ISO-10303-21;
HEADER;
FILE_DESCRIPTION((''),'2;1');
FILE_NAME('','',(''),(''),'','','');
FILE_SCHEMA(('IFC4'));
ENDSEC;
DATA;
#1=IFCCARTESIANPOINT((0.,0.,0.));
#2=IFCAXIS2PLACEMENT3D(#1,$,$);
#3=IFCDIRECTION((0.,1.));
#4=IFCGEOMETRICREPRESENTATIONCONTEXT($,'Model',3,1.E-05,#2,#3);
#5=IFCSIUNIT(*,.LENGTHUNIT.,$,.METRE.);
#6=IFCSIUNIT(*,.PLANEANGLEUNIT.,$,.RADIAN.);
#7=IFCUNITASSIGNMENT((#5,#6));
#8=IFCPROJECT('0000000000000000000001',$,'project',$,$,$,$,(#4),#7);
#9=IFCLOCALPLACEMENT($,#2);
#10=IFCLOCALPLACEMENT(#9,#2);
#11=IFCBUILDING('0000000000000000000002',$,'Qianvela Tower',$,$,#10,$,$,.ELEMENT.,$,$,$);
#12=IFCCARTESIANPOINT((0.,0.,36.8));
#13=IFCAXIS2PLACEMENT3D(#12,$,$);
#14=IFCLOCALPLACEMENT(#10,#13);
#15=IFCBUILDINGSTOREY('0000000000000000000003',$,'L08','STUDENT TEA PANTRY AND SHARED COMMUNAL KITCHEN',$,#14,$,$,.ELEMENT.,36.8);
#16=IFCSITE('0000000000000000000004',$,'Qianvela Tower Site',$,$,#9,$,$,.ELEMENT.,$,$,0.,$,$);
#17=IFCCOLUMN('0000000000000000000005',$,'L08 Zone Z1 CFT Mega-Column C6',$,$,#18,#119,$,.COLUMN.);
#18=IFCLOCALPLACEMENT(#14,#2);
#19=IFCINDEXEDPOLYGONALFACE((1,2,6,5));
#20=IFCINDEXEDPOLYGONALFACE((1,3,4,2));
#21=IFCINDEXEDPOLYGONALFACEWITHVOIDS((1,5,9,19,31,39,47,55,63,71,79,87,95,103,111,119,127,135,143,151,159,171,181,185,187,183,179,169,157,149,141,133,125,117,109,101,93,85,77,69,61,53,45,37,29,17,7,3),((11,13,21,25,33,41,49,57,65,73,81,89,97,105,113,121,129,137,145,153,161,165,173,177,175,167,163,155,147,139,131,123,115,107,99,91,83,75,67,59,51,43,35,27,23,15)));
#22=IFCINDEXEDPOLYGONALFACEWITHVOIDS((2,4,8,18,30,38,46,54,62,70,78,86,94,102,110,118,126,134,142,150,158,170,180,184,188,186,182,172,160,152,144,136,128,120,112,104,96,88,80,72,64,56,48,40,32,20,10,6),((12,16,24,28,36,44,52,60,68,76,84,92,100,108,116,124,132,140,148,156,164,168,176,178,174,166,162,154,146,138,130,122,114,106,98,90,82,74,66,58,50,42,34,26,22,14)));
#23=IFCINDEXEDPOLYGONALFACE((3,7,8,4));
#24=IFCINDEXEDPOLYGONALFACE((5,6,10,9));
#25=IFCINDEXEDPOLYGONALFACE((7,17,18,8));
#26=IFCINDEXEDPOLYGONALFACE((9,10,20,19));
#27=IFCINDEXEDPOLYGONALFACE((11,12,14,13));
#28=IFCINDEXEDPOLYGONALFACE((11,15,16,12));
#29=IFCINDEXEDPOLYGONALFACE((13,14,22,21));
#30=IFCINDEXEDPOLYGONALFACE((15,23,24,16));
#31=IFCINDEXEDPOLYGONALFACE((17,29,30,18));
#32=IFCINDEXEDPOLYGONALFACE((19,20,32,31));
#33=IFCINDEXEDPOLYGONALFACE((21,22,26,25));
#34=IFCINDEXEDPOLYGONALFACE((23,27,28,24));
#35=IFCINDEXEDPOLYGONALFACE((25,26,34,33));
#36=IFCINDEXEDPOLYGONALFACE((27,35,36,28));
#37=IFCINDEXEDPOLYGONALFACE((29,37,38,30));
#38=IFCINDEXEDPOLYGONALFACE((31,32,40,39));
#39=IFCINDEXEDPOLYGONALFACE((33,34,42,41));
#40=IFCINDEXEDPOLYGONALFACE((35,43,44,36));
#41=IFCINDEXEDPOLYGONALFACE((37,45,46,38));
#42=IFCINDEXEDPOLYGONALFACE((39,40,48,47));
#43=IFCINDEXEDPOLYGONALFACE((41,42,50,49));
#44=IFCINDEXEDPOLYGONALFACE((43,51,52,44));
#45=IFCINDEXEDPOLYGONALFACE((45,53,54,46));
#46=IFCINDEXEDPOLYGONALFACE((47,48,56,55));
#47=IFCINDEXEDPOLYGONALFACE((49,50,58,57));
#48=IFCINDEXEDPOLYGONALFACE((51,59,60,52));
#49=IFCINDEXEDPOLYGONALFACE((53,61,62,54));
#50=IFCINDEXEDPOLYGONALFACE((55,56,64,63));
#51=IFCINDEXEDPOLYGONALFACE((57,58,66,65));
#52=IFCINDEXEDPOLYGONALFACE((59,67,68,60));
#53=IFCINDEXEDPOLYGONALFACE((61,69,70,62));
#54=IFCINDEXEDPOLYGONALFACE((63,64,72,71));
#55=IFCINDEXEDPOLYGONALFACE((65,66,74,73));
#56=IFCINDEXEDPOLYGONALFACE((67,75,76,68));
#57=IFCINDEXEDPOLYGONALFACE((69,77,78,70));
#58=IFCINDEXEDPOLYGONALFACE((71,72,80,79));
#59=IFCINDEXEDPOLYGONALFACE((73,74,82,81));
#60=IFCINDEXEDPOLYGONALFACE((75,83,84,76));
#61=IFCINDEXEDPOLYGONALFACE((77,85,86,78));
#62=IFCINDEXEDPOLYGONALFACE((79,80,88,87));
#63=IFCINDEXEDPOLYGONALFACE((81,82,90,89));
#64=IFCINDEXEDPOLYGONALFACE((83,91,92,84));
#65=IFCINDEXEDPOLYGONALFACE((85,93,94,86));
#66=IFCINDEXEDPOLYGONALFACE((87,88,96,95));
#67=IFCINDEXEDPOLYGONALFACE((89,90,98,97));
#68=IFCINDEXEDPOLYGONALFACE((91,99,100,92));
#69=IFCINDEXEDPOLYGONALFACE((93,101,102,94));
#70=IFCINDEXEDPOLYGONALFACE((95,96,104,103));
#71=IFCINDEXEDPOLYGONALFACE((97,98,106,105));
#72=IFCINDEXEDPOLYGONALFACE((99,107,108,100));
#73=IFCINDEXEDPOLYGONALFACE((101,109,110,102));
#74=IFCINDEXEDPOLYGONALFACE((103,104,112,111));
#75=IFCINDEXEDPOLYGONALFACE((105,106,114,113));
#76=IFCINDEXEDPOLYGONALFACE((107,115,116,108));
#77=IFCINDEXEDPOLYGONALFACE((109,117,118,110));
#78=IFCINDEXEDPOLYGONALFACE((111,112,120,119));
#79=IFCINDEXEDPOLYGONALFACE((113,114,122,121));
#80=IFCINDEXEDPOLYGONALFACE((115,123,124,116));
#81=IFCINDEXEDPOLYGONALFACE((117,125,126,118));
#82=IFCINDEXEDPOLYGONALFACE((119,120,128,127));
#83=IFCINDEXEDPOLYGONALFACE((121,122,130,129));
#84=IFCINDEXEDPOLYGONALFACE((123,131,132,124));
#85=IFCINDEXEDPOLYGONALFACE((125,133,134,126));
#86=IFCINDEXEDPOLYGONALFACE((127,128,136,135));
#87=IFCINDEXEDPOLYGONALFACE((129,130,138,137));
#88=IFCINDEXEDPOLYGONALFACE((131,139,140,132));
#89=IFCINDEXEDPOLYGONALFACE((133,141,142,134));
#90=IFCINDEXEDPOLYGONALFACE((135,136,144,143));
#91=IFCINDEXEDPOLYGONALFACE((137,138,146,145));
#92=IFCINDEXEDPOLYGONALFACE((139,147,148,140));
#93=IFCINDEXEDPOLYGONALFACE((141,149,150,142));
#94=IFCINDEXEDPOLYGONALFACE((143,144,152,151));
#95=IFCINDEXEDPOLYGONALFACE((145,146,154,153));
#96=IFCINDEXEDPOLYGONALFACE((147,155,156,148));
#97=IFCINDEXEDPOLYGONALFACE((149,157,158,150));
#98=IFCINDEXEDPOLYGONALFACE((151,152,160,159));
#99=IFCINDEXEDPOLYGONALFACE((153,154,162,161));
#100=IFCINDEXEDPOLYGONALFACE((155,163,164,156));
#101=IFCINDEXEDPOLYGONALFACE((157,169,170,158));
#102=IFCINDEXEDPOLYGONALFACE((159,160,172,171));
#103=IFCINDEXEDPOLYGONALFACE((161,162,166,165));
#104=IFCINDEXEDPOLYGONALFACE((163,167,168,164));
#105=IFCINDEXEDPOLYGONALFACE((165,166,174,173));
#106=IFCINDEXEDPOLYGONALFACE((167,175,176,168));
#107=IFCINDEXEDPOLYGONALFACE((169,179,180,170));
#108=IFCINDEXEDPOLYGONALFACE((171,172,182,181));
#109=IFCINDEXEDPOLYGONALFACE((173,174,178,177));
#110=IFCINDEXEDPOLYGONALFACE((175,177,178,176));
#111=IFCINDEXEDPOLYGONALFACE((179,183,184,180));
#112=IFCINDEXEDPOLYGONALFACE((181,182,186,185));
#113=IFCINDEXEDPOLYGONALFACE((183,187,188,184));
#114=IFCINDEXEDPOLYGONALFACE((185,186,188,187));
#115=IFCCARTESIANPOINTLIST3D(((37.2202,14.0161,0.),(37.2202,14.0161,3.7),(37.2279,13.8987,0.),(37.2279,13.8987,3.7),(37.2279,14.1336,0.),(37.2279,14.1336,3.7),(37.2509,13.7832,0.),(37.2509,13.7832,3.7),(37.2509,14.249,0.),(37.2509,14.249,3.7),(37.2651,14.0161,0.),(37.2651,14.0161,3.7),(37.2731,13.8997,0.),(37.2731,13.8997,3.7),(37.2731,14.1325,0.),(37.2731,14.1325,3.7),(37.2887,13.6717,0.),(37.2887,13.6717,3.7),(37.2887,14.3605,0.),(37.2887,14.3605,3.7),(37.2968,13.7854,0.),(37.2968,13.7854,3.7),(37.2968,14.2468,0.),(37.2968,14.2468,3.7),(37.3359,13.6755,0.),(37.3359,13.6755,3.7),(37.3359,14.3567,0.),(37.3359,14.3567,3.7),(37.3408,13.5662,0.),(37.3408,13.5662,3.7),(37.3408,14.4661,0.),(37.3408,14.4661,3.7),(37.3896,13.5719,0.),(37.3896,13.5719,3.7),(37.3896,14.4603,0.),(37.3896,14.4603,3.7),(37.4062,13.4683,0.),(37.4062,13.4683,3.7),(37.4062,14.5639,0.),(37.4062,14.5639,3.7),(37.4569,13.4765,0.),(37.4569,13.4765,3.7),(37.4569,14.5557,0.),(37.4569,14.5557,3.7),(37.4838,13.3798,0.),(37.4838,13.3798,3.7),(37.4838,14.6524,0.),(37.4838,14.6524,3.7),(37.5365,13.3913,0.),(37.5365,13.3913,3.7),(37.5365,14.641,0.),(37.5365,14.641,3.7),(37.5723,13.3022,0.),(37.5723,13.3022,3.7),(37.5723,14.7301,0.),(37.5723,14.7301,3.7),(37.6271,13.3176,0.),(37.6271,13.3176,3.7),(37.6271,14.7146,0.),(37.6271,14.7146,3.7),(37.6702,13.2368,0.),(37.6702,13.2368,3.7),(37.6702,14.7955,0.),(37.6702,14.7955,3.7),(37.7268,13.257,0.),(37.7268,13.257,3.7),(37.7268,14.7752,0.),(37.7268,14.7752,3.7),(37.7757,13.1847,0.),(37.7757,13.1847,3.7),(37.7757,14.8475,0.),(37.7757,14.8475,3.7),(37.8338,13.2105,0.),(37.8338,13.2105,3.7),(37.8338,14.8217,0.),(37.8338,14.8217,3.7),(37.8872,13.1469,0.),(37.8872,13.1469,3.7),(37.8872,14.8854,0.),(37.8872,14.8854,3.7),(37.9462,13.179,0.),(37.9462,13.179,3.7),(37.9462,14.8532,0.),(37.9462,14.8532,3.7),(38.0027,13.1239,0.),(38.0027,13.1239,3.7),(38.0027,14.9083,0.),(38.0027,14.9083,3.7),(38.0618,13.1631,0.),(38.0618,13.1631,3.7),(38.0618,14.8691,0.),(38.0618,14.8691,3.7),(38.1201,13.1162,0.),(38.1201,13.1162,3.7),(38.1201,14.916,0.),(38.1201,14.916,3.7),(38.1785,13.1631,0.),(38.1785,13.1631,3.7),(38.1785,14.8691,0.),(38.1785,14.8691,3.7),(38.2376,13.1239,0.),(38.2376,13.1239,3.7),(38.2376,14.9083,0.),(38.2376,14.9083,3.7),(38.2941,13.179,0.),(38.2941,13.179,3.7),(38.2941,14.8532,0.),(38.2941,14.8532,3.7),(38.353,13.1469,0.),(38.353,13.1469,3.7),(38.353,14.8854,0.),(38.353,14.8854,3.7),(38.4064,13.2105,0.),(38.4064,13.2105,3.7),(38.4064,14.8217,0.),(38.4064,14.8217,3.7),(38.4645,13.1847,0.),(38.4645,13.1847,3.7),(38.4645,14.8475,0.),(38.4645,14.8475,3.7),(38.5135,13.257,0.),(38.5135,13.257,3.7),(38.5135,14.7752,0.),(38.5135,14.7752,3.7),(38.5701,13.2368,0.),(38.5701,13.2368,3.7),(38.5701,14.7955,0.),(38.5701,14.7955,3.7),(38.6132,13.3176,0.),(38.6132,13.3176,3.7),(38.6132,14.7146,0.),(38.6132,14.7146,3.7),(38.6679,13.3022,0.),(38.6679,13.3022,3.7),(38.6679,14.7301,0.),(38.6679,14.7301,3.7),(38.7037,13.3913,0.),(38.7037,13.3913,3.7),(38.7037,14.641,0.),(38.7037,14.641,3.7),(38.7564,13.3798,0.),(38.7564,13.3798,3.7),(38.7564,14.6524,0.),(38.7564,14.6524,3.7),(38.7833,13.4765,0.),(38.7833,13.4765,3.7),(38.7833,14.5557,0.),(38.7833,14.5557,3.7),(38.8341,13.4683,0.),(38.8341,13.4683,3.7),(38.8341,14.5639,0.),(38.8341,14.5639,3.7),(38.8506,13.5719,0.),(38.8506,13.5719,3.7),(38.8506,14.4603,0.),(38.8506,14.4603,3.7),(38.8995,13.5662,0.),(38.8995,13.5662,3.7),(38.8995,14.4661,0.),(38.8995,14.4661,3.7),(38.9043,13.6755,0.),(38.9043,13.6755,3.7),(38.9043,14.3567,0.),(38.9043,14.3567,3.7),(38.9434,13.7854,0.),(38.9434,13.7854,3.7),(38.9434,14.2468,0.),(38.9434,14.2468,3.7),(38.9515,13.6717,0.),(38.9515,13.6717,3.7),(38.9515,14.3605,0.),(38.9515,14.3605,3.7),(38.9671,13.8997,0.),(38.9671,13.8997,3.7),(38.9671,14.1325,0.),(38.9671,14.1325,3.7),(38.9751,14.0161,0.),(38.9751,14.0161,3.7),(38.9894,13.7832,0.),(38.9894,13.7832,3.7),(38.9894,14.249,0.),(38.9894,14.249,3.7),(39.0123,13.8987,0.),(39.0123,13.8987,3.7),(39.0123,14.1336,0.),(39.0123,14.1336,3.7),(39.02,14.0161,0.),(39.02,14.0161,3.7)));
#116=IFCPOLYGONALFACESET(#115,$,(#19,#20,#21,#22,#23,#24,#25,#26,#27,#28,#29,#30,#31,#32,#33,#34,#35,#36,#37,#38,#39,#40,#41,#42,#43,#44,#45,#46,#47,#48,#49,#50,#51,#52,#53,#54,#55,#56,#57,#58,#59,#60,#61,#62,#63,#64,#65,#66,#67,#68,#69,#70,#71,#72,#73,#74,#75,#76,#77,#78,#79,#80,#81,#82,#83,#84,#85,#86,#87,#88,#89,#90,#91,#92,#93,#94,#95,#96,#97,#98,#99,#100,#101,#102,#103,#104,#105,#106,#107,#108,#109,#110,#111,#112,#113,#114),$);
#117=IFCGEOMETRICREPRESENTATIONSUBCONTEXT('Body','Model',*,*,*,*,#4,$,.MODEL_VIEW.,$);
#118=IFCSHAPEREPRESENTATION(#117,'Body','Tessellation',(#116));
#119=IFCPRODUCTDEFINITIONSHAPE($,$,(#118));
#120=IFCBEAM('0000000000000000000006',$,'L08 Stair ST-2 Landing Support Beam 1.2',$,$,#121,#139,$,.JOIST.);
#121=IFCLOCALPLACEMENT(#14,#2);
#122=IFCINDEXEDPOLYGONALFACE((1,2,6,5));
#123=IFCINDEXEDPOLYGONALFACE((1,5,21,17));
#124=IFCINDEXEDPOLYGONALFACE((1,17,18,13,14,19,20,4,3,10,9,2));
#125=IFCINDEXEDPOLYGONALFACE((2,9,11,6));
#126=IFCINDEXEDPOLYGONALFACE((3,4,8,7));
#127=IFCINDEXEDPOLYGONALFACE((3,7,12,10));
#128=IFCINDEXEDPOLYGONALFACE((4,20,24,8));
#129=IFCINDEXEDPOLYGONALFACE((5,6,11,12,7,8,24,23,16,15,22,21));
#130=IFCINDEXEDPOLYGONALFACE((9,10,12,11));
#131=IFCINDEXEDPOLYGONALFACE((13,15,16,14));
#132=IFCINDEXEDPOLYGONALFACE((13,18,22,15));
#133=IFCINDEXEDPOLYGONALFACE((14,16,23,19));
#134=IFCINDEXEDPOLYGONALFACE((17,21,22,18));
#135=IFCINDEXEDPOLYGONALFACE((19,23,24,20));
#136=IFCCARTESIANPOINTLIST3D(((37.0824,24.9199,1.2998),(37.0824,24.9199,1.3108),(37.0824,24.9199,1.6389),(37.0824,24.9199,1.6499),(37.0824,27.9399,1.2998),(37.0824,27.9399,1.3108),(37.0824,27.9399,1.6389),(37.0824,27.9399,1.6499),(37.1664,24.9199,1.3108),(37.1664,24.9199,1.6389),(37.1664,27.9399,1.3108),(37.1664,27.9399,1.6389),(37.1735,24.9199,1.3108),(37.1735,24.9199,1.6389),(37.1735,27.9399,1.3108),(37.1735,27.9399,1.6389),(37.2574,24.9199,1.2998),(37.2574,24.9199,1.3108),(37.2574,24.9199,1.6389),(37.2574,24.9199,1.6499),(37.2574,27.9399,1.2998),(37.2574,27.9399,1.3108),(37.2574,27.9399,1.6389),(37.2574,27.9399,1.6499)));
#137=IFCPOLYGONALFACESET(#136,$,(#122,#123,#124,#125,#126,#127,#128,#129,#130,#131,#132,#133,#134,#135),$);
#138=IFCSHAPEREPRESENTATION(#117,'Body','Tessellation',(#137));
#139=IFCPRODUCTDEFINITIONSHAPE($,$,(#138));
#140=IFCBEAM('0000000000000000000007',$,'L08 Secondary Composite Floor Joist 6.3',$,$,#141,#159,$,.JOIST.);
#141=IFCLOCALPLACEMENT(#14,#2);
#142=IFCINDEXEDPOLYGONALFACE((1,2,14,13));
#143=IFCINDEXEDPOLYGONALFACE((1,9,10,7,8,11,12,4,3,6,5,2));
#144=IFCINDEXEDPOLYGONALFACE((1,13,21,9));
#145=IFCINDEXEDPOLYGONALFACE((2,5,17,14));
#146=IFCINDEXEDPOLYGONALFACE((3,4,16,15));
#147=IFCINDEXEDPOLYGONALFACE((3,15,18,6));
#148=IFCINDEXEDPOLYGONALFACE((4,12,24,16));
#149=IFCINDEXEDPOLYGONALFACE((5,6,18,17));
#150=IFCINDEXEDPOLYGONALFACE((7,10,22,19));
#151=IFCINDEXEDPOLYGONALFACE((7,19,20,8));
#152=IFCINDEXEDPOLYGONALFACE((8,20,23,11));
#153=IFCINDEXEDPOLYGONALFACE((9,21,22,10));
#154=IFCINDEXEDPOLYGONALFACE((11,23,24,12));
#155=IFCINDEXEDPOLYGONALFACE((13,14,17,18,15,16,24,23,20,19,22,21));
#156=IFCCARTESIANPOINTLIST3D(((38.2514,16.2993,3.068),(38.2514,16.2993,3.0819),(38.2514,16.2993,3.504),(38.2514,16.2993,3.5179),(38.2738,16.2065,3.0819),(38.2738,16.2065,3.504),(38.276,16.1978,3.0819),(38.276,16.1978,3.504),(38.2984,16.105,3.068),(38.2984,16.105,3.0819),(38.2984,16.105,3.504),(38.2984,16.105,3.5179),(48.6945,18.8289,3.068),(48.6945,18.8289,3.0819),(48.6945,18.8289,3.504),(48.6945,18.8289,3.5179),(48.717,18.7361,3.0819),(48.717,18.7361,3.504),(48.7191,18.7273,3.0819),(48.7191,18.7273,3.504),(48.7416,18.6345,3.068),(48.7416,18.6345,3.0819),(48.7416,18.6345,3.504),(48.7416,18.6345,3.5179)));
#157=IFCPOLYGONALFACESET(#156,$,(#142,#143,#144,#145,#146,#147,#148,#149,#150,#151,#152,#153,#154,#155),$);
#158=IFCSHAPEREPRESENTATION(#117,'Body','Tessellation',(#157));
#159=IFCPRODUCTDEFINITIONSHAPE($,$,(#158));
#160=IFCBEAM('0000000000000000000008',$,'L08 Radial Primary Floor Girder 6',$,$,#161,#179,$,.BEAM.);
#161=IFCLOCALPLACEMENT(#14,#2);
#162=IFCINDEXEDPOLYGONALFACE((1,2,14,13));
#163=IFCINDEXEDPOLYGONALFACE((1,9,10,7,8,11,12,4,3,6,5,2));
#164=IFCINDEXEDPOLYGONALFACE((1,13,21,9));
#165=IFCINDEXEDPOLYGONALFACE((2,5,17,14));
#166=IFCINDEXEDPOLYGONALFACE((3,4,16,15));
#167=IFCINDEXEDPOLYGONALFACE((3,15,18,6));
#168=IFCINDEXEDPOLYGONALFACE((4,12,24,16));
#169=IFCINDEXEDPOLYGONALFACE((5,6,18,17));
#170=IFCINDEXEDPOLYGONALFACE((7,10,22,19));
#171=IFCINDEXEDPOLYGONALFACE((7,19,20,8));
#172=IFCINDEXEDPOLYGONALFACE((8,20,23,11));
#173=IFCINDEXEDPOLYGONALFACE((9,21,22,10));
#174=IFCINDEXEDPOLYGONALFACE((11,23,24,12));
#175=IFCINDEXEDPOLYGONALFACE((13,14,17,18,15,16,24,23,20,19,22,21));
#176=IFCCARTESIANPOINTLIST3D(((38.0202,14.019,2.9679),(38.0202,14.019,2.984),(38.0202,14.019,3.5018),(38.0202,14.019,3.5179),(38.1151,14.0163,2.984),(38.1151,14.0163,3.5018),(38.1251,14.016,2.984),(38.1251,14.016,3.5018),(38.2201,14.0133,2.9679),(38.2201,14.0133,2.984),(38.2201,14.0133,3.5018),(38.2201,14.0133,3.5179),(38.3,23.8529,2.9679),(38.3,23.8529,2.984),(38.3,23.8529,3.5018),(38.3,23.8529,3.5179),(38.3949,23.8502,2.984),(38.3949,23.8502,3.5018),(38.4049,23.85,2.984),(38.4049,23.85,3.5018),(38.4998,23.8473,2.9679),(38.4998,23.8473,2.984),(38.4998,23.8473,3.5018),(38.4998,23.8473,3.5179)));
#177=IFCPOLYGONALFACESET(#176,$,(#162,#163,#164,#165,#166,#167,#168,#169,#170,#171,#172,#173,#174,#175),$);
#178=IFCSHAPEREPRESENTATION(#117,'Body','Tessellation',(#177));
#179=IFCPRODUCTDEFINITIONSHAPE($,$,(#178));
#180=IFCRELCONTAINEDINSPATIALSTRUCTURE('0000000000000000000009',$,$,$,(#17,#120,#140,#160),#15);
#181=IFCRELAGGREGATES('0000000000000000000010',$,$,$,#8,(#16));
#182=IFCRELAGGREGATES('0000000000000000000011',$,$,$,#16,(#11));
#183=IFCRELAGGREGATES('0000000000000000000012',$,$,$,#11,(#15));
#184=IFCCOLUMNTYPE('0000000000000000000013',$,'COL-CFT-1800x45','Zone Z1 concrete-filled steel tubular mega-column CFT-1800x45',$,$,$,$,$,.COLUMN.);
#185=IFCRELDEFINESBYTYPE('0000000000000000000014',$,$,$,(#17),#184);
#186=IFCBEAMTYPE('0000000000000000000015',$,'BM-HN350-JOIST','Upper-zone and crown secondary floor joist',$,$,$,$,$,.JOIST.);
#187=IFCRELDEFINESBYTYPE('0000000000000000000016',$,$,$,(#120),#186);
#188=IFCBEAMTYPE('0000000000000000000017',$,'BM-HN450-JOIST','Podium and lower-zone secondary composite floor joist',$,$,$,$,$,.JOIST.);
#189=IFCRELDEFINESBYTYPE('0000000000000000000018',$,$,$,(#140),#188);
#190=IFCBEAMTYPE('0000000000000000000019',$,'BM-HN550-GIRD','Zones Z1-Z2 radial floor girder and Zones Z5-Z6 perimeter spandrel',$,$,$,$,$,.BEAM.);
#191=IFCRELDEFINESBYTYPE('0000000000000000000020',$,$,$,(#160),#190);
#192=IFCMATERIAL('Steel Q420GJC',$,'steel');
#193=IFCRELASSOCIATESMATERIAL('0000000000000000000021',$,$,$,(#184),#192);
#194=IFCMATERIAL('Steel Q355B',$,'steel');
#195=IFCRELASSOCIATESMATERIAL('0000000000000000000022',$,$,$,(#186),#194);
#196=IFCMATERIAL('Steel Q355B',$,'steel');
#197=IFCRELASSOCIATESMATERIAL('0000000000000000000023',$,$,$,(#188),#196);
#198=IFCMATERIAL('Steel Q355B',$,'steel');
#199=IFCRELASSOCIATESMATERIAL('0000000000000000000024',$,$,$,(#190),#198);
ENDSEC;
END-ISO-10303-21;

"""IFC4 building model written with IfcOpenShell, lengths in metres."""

from ifc_helpers import new_model, si_unit, direction, frame, origin, origin_2d, place, context, subcontext, project, spatial, hollow_circle, i_section, extrude, material, material_profile, profile_set, type_object, element, save


model = new_model("IFC4")

# Units and contexts
model_context = context("Model", 3, precision=1e-05, world=origin(), true_north=direction((0.0, 1.0)))
body_context = subcontext(model_context, "Body", "Model", "MODEL_VIEW")
ifc_project = project(units=[si_unit("LENGTHUNIT", "METRE"), si_unit("PLANEANGLEUNIT", "RADIAN")], contexts=[model_context])

# Site, building, storey
site_placement = place(None, origin())
site = spatial("IfcSite", under=ifc_project, at=site_placement, Name="Qianvela Tower Site", CompositionType="ELEMENT", RefElevation=0.0)
building_placement = place(site_placement, origin())
building = spatial("IfcBuilding", under=site, at=building_placement, Name="Qianvela Tower", CompositionType="ELEMENT")
storey_placement = place(building_placement, frame((0.0, 0.0, 36.8)))
storey = spatial("IfcBuildingStorey", under=building, at=storey_placement, Name="L08", Description="STUDENT TEA PANTRY AND SHARED COMMUNAL KITCHEN", CompositionType="ELEMENT", Elevation=36.8)

# Column
ifc_material_1 = material(Name="Steel Q420GJC", Category="steel")
ifc_material_profile_1 = material_profile(ifc_material_1, hollow_circle(Radius=0.8999, WallThickness=0.0449, at=origin_2d()), Name="CFT-1800x45")
ifc_profile_set_1 = profile_set([ifc_material_profile_1], Name="Steel Q420GJC")
column_type = type_object("IfcColumnType", Name="COL-CFT-1800x45", Description="Zone Z1 concrete-filled steel tubular mega-column CFT-1800x45", PredefinedType="COLUMN", material=ifc_profile_set_1)
for number, where, z_axis, x_axis, name in (
    (1, (38.1201, 14.0161, 0.0), (0.0, 0.0, 1.0), (1.0, 0.0, 0.0), "L08 Zone Z1 CFT Mega-Column C6"),
):
    element("IfcColumn", number, at=place(storey_placement, frame(where, z_axis=z_axis, x_axis=x_axis)), inside=storey, type_object=column_type, Name=name, PredefinedType="COLUMN", context=body_context, shape_type="SweptSolid", body=[
        extrude(hollow_circle(Radius=0.8999, WallThickness=0.0449, at=origin_2d()), origin(), (0.0, 0.0, 1.0), 3.7),
    ])

# Beams
ifc_material_2 = material(Name="Steel Q355B", Category="steel")
ifc_material_profile_2 = material_profile(ifc_material_2, i_section(OverallWidth=0.175, OverallDepth=0.3501, WebThickness=0.0071, FlangeThickness=0.011, at=origin_2d()), Name="HN350x175x7x11")
ifc_profile_set_2 = profile_set([ifc_material_profile_2], Name="Steel Q355B")
beam_type_1 = type_object("IfcBeamType", Name="BM-HN350-JOIST", Description="Upper-zone and crown secondary floor joist", PredefinedType="JOIST", material=ifc_profile_set_2)
beam_1_placement = place(storey_placement, frame((37.1699, 24.9199, 1.4749), z_axis=(0.0, 1.0, 0.0), x_axis=(-1.0, 0.0, 0.0)))
element("IfcBeam", 2, at=beam_1_placement, inside=storey, type_object=beam_type_1, Name="L08 Stair ST-2 Landing Support Beam 1.2", PredefinedType="JOIST", context=body_context, shape_type="SweptSolid", body=[
    extrude(i_section(OverallWidth=0.175, OverallDepth=0.3501, WebThickness=0.0071, FlangeThickness=0.011, at=origin_2d()), origin(), (0.0, 0.0, 1.0), 3.02),
])
ifc_material_3 = material(Name="Steel Q355B", Category="steel")
ifc_material_profile_3 = material_profile(ifc_material_3, i_section(OverallWidth=0.2, OverallDepth=0.45, WebThickness=0.009, FlangeThickness=0.0139, at=origin_2d()), Name="HN450x200x9x14")
ifc_profile_set_3 = profile_set([ifc_material_profile_3], Name="Steel Q355B")
beam_type_2 = type_object("IfcBeamType", Name="BM-HN450-JOIST", Description="Podium and lower-zone secondary composite floor joist", PredefinedType="JOIST", material=ifc_profile_set_3)
beam_2_placement = place(storey_placement, frame((38.2749, 16.2021, 3.293), z_axis=(0.971895, 0.235413, 0.0), x_axis=(-0.235413, 0.971895, 0.0)))
element("IfcBeam", 3, at=beam_2_placement, inside=storey, type_object=beam_type_2, Name="L08 Secondary Composite Floor Joist 6.3", PredefinedType="JOIST", context=body_context, shape_type="SweptSolid", body=[
    extrude(i_section(OverallWidth=0.2, OverallDepth=0.45, WebThickness=0.009, FlangeThickness=0.0139, at=origin_2d()), origin(), (0.0, 0.0, 1.0), 10.7451),
])
ifc_material_4 = material(Name="Steel Q355B", Category="steel")
ifc_material_profile_4 = material_profile(ifc_material_4, i_section(OverallWidth=0.2, OverallDepth=0.55, WebThickness=0.01, FlangeThickness=0.0161, at=origin_2d()), Name="HN550x200x10x16")
ifc_profile_set_4 = profile_set([ifc_material_profile_4], Name="Steel Q355B")
beam_type_3 = type_object("IfcBeamType", Name="BM-HN550-GIRD", Description="Zones Z1-Z2 radial floor girder and Zones Z5-Z6 perimeter spandrel", PredefinedType="BEAM", material=ifc_profile_set_4)
beam_3_placement = place(storey_placement, frame((38.3999, 23.8501, 3.2429), z_axis=(-0.028439, -0.999596, 0.0), x_axis=(0.999596, -0.028439, 0.0)))
element("IfcBeam", 4, at=beam_3_placement, inside=storey, type_object=beam_type_3, Name="L08 Radial Primary Floor Girder 6", PredefinedType="BEAM", context=body_context, shape_type="SweptSolid", body=[
    extrude(i_section(OverallWidth=0.2, OverallDepth=0.55, WebThickness=0.01, FlangeThickness=0.0161, at=origin_2d()), origin(), (0.0, 0.0, 1.0), 9.8379),
])

save(model, "model.ifc")
